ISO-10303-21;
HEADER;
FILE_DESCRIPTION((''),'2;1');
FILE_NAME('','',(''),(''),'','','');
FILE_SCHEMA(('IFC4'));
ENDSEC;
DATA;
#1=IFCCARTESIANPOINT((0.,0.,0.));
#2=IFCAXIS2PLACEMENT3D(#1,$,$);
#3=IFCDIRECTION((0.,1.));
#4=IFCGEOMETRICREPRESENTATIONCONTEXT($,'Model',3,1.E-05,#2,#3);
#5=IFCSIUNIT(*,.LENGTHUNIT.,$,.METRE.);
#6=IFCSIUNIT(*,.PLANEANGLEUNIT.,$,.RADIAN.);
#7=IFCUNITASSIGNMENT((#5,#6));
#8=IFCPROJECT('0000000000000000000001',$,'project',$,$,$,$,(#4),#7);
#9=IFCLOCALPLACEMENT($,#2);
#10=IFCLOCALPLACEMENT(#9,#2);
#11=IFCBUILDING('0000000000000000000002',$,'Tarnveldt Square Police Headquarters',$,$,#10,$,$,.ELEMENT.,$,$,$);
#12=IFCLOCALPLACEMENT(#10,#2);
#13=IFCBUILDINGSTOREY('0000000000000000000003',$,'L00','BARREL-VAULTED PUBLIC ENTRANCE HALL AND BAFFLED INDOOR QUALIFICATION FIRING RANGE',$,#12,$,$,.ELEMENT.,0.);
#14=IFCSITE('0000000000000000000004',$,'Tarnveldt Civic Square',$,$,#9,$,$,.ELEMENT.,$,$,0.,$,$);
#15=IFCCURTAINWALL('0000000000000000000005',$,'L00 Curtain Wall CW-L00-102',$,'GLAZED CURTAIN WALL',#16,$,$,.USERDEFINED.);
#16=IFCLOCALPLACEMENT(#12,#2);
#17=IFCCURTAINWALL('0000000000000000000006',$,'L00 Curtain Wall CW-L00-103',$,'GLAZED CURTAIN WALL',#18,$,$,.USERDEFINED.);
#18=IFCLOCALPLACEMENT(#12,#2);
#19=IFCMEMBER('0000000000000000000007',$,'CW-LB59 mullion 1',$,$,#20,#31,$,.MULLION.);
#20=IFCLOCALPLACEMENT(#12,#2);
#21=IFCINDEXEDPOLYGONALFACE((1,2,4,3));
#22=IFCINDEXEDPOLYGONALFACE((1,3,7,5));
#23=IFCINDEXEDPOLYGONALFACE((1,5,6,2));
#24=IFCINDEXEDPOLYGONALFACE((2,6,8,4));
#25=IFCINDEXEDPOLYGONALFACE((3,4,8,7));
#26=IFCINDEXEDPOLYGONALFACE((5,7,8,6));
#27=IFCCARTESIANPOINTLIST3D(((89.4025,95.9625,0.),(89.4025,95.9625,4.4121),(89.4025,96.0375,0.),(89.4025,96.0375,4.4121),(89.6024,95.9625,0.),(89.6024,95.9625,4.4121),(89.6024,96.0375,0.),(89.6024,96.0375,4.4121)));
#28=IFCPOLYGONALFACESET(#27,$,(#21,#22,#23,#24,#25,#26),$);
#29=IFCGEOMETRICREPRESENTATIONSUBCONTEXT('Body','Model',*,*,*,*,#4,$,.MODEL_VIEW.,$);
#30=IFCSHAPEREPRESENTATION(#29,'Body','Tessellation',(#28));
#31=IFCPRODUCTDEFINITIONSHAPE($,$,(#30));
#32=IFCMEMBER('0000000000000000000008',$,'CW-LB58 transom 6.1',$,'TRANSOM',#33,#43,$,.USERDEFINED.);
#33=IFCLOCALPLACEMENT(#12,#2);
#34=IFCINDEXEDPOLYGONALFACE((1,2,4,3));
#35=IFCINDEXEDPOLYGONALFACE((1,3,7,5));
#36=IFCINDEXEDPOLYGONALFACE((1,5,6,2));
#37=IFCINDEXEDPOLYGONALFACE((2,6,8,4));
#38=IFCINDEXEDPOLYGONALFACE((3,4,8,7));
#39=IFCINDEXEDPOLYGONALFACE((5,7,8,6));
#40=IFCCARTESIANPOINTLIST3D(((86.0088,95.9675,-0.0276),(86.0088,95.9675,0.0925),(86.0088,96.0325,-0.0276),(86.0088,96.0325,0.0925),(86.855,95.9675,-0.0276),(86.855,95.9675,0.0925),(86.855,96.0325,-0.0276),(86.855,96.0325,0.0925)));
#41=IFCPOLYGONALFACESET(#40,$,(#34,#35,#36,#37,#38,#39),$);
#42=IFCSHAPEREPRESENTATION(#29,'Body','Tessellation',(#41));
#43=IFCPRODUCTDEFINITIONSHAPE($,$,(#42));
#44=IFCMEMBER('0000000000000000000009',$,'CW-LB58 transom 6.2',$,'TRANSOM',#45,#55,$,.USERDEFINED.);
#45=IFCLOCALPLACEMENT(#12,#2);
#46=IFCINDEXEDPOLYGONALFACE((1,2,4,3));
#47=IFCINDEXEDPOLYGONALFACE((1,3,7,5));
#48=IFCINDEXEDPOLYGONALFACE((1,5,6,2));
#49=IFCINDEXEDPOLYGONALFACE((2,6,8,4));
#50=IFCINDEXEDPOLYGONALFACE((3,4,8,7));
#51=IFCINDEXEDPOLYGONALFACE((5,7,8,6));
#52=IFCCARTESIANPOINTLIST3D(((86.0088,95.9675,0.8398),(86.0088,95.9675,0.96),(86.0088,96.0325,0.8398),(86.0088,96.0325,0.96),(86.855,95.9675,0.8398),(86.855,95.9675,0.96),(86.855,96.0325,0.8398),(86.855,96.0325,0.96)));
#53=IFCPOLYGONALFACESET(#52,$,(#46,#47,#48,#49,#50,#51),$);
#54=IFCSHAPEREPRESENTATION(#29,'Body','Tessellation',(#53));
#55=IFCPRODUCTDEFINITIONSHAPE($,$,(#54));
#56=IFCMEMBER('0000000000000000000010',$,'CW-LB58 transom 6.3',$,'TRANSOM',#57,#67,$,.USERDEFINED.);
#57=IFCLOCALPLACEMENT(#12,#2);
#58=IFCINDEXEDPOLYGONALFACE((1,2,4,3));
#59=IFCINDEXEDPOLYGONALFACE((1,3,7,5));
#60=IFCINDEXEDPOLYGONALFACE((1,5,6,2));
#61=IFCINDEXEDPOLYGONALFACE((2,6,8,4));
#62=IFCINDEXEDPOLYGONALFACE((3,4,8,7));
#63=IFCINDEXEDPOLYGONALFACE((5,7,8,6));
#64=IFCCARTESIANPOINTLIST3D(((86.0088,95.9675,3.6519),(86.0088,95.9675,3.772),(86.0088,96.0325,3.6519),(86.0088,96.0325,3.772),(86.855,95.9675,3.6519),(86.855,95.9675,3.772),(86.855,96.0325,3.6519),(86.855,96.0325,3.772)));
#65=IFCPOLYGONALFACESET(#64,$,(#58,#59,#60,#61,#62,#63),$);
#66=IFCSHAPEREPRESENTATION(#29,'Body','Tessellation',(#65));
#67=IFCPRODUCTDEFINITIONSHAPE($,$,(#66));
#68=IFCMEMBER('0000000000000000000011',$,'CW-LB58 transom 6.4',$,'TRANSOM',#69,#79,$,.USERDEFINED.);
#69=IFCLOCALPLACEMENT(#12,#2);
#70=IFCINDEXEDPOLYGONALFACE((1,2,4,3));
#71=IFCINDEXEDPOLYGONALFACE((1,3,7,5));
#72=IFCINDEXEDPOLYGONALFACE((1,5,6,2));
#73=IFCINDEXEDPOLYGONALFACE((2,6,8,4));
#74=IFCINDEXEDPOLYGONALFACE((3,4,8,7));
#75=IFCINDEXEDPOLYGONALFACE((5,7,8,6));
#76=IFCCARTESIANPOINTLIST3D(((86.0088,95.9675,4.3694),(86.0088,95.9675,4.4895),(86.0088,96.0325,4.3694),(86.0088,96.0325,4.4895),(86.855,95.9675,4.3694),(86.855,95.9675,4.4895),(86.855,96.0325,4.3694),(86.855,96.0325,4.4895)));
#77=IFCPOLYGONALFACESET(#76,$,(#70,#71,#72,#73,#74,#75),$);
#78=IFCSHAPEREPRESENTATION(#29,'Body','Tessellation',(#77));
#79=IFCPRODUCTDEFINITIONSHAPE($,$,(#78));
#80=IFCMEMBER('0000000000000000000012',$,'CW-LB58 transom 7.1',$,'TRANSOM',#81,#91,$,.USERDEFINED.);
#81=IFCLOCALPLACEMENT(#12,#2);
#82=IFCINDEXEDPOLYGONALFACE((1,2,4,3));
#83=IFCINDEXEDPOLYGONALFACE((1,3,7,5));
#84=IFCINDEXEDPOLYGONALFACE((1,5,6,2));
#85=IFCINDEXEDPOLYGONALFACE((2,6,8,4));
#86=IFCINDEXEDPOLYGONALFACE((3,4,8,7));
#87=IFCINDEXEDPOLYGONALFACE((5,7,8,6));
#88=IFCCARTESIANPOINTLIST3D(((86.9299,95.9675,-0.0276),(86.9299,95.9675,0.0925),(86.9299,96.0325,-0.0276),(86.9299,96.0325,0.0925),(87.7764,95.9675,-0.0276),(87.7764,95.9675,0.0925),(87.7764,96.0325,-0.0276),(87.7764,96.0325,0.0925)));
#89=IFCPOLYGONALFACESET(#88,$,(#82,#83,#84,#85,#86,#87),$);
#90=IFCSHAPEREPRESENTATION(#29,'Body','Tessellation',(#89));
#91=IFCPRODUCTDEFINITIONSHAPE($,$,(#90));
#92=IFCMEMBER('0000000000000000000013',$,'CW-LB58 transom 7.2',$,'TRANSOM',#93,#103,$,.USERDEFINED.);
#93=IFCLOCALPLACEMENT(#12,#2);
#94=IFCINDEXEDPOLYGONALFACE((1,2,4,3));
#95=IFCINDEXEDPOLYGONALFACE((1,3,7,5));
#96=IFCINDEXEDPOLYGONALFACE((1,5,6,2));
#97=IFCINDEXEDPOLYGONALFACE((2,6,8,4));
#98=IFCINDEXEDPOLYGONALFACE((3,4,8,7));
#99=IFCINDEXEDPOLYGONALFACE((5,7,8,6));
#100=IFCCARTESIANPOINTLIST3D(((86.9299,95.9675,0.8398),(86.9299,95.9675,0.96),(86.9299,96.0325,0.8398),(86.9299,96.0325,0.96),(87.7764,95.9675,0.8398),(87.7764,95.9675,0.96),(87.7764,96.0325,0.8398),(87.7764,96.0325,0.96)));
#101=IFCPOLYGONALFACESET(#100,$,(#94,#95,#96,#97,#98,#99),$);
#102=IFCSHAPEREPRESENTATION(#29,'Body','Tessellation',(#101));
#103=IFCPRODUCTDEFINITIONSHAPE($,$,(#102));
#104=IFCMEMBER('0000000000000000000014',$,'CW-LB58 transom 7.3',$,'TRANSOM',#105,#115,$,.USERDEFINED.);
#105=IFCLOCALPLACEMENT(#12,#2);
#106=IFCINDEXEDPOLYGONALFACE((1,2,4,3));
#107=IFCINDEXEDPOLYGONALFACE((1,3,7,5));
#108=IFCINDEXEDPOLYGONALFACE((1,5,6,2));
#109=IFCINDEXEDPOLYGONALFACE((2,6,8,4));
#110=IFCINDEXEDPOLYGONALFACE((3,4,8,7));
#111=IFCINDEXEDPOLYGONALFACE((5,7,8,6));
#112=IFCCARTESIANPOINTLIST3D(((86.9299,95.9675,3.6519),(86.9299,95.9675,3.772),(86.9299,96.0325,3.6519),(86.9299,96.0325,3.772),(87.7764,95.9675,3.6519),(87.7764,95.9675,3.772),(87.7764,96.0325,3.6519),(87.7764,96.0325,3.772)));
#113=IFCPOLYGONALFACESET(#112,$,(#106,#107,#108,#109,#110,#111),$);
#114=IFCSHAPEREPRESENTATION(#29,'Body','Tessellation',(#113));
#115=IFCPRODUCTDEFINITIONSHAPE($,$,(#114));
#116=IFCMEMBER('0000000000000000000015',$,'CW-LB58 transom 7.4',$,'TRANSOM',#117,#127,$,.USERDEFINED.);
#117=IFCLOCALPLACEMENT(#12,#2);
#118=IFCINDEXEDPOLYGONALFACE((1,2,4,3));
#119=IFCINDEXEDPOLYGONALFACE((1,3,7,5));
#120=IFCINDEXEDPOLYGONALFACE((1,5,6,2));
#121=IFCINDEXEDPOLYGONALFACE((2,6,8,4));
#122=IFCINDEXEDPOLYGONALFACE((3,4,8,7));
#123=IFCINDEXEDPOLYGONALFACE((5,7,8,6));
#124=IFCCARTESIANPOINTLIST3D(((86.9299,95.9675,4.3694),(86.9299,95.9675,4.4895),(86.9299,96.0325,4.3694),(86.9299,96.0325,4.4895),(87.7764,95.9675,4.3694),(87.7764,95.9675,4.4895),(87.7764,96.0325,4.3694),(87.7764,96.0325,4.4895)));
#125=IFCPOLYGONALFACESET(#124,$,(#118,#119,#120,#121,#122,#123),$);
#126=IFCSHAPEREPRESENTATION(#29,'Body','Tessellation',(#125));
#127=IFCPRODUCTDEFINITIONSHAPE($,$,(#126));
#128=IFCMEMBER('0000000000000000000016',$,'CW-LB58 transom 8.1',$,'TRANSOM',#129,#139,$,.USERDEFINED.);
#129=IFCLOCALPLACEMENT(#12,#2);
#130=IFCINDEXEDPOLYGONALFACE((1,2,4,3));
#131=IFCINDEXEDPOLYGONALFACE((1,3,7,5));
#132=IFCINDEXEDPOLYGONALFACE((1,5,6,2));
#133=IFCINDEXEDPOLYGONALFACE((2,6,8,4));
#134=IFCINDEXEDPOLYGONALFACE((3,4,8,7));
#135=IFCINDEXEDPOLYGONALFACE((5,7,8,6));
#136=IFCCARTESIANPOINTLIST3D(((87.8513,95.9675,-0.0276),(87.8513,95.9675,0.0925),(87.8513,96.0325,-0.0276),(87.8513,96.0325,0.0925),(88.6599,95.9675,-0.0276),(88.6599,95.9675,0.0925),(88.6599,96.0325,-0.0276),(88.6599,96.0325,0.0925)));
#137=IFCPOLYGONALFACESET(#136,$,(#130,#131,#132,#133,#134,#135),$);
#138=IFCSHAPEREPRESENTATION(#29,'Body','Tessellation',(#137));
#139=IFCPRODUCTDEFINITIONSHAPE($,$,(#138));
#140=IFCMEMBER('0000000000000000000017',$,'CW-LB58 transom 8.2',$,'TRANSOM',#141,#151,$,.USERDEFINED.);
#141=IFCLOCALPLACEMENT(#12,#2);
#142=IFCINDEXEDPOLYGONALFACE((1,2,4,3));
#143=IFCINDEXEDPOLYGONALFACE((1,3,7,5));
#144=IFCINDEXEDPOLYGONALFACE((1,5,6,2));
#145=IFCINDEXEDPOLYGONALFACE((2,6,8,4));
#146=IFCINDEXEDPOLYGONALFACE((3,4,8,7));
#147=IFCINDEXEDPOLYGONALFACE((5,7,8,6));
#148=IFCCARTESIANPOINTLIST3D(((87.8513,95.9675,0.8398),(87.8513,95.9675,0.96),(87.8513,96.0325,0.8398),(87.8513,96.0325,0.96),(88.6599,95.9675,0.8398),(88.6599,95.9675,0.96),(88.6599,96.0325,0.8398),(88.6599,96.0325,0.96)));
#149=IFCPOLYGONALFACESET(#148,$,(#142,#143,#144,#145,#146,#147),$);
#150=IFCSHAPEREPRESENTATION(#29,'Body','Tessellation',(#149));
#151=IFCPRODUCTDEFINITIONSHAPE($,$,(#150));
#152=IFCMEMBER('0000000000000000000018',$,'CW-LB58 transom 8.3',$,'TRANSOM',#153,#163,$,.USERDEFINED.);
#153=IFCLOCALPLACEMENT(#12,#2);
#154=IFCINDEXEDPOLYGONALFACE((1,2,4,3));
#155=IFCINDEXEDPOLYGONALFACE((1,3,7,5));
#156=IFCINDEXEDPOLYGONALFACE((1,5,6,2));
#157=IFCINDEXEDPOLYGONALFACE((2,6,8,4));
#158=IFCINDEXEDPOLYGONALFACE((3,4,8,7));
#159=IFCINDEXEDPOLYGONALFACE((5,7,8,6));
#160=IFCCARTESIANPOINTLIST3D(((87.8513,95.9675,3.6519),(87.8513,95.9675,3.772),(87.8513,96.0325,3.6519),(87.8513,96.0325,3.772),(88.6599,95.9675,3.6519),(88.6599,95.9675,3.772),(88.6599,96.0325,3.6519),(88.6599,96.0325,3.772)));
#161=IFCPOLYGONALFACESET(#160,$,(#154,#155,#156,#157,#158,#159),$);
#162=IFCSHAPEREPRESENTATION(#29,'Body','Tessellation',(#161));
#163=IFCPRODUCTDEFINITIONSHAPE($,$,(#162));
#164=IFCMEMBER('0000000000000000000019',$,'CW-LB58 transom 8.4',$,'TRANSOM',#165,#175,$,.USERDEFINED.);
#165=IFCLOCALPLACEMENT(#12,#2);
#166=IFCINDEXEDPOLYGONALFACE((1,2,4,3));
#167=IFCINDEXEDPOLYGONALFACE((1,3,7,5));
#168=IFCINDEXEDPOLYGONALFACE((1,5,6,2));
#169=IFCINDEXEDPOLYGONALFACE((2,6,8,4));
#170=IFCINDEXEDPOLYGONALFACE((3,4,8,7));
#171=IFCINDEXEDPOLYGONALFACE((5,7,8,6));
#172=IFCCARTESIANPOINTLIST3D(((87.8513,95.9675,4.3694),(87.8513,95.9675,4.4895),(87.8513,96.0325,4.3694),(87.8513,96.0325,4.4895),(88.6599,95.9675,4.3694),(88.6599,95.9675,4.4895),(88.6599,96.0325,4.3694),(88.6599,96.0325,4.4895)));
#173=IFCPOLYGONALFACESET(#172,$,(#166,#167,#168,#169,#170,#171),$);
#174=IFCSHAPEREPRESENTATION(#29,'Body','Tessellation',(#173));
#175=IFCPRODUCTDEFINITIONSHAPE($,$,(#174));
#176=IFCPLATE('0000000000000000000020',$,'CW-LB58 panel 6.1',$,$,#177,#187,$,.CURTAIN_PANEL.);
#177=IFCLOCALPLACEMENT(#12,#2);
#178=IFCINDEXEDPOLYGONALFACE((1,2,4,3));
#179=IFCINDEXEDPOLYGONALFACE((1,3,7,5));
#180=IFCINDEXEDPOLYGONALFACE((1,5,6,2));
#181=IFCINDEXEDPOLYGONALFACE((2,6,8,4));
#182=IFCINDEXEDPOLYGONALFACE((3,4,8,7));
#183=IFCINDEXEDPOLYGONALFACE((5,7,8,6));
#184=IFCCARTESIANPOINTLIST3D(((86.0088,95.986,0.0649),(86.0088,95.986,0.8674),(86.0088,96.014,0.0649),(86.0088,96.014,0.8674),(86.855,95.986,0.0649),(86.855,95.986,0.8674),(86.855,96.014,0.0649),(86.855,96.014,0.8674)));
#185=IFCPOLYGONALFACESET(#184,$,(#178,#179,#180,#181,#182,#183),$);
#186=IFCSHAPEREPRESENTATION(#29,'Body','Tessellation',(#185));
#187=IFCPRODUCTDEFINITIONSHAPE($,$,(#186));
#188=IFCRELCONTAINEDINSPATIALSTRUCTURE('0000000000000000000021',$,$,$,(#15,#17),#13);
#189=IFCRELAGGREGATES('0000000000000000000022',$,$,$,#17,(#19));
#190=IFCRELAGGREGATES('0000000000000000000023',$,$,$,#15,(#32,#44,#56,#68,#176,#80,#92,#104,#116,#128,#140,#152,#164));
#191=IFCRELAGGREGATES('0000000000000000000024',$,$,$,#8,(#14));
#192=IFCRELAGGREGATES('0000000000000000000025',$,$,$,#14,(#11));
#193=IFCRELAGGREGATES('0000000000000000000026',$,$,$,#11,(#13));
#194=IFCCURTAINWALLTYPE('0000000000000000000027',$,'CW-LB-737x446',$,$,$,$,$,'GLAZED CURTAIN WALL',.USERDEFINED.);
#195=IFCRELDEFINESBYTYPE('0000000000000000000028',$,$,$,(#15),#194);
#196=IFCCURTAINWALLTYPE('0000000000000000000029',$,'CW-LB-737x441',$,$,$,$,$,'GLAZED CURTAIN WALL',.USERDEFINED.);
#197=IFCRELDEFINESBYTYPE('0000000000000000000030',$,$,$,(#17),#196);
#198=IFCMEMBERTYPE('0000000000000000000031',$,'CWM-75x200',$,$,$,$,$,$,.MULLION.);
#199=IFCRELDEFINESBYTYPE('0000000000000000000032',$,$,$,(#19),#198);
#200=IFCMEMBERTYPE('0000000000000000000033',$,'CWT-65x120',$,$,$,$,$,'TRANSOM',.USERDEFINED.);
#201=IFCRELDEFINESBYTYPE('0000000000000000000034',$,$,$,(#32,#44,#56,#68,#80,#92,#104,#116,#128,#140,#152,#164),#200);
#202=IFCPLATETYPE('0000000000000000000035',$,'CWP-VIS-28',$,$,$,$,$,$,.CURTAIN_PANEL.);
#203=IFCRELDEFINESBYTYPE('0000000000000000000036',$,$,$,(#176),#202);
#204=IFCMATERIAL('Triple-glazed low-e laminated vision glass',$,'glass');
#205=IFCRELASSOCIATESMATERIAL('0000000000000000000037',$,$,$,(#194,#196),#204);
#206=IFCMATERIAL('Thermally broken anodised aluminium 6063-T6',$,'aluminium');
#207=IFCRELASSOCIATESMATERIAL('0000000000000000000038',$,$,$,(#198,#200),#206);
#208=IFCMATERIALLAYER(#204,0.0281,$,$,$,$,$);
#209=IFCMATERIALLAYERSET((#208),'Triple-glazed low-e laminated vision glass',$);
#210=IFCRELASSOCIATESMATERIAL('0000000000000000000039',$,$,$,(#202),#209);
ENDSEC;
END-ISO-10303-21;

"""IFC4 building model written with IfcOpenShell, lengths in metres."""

from ifc_helpers import new_model, si_unit, direction, frame, origin, origin_2d, place, context, subcontext, project, spatial, rectangle, extrude, material, layer, layer_set, material_profile, profile_set, type_object, element, aggregate, save


model = new_model("IFC4")

# Units and contexts
model_context = context("Model", 3, precision=1e-05, world=origin(), true_north=direction((0.0, 1.0)))
body_context = subcontext(model_context, "Body", "Model", "MODEL_VIEW")
ifc_project = project(units=[si_unit("LENGTHUNIT", "METRE"), si_unit("PLANEANGLEUNIT", "RADIAN")], contexts=[model_context])

# Site, building, storey
site_placement = place(None, origin())
site = spatial("IfcSite", under=ifc_project, at=site_placement, Name="Tarnveldt Civic Square", CompositionType="ELEMENT", RefElevation=0.0)
building_placement = place(site_placement, origin())
building = spatial("IfcBuilding", under=site, at=building_placement, Name="Tarnveldt Square Police Headquarters", CompositionType="ELEMENT")
storey_placement = place(building_placement, origin())
storey = spatial("IfcBuildingStorey", under=building, at=storey_placement, Name="L00", Description="BARREL-VAULTED PUBLIC ENTRANCE HALL AND BAFFLED INDOOR QUALIFICATION FIRING RANGE", CompositionType="ELEMENT", Elevation=0.0)

# Curtain wall
ifc_material_1 = material(Name="Triple-glazed low-e laminated vision glass", Category="glass")
curtain_wall_type_1 = type_object("IfcCurtainWallType", Name="CW-LB-737x446", ElementType="GLAZED CURTAIN WALL", PredefinedType="USERDEFINED", material=ifc_material_1)
curtain_wall_1_placement = place(storey_placement, origin())
curtain_wall_1 = element("IfcCurtainWall", 1, at=curtain_wall_1_placement, inside=storey, type_object=curtain_wall_type_1, Name="L00 Curtain Wall CW-L00-102", ObjectType="GLAZED CURTAIN WALL", PredefinedType="USERDEFINED")
ifc_material_2 = material(Name="Thermally broken anodised aluminium 6063-T6", Category="aluminium")
ifc_material_profile_1 = material_profile(ifc_material_2, rectangle(XDim=0.075, YDim=0.2, at=origin_2d()), Name="CW-M75x200")
ifc_profile_set_1 = profile_set([ifc_material_profile_1], Name="Thermally broken anodised aluminium 6063-T6")
member_type_1 = type_object("IfcMemberType", Name="CWM-75x200", PredefinedType="MULLION", material=ifc_profile_set_1)

# Curtain wall, member
curtain_wall_type_2 = type_object("IfcCurtainWallType", Name="CW-LB-737x441", ElementType="GLAZED CURTAIN WALL", PredefinedType="USERDEFINED", material=ifc_material_1)
curtain_wall_2_placement = place(storey_placement, origin())
curtain_wall_2 = element("IfcCurtainWall", 2, at=curtain_wall_2_placement, inside=storey, type_object=curtain_wall_type_2, Name="L00 Curtain Wall CW-L00-103", ObjectType="GLAZED CURTAIN WALL", PredefinedType="USERDEFINED")
member_1_placement = place(storey_placement, frame((89.5024, 96.0, 0.0), z_axis=(0.0, 0.0, 1.0), x_axis=(0.0, 1.0, 0.0)))
member_1 = element("IfcMember", 3, at=member_1_placement, type_object=member_type_1, Name="CW-LB59 mullion 1", PredefinedType="MULLION", context=body_context, shape_type="SweptSolid", body=[
    extrude(rectangle(XDim=0.075, YDim=0.2, at=origin_2d()), origin(), (0.0, 0.0, 1.0), 4.4121),
])
aggregate(curtain_wall_2, [member_1])

# Members
ifc_material_profile_2 = material_profile(ifc_material_2, rectangle(XDim=0.0649, YDim=0.1201, at=origin_2d()), Name="CW-T65x120")
ifc_profile_set_2 = profile_set([ifc_material_profile_2], Name="Thermally broken anodised aluminium 6063-T6")
member_type_2 = type_object("IfcMemberType", Name="CWT-65x120", ElementType="TRANSOM", PredefinedType="USERDEFINED", material=ifc_profile_set_2)
member_2_placement = place(storey_placement, frame((86.0088, 96.0, 0.0325), z_axis=(1.0, 0.0, 0.0), x_axis=(0.0, 1.0, 0.0)))
member_2 = element("IfcMember", 4, at=member_2_placement, type_object=member_type_2, Name="CW-LB58 transom 6.1", ObjectType="TRANSOM", PredefinedType="USERDEFINED", context=body_context, shape_type="SweptSolid", body=[
    extrude(rectangle(XDim=0.0649, YDim=0.1201, at=origin_2d()), origin(), (0.0, 0.0, 1.0), 0.8462),
])
member_3_placement = place(storey_placement, frame((86.0088, 96.0, 0.8999), z_axis=(1.0, 0.0, 0.0), x_axis=(0.0, 1.0, 0.0)))
member_3 = element("IfcMember", 5, at=member_3_placement, type_object=member_type_2, Name="CW-LB58 transom 6.2", ObjectType="TRANSOM", PredefinedType="USERDEFINED", context=body_context, shape_type="SweptSolid", body=[
    extrude(rectangle(XDim=0.0649, YDim=0.1201, at=origin_2d()), origin(), (0.0, 0.0, 1.0), 0.8462),
])
member_4_placement = place(storey_placement, frame((86.0088, 96.0, 3.7119), z_axis=(1.0, 0.0, 0.0), x_axis=(0.0, 1.0, 0.0)))
member_4 = element("IfcMember", 6, at=member_4_placement, type_object=member_type_2, Name="CW-LB58 transom 6.3", ObjectType="TRANSOM", PredefinedType="USERDEFINED", context=body_context, shape_type="SweptSolid", body=[
    extrude(rectangle(XDim=0.0649, YDim=0.1201, at=origin_2d()), origin(), (0.0, 0.0, 1.0), 0.8462),
])
member_5_placement = place(storey_placement, frame((86.0088, 96.0, 4.4294), z_axis=(1.0, 0.0, 0.0), x_axis=(0.0, 1.0, 0.0)))
member_5 = element("IfcMember", 7, at=member_5_placement, type_object=member_type_2, Name="CW-LB58 transom 6.4", ObjectType="TRANSOM", PredefinedType="USERDEFINED", context=body_context, shape_type="SweptSolid", body=[
    extrude(rectangle(XDim=0.0649, YDim=0.1201, at=origin_2d()), origin(), (0.0, 0.0, 1.0), 0.8462),
])
member_6_placement = place(storey_placement, frame((86.9299, 96.0, 0.0325), z_axis=(1.0, 0.0, 0.0), x_axis=(0.0, 1.0, 0.0)))
member_6 = element("IfcMember", 8, at=member_6_placement, type_object=member_type_2, Name="CW-LB58 transom 7.1", ObjectType="TRANSOM", PredefinedType="USERDEFINED", context=body_context, shape_type="SweptSolid", body=[
    extrude(rectangle(XDim=0.0649, YDim=0.1201, at=origin_2d()), origin(), (0.0, 0.0, 1.0), 0.8464),
])
member_7_placement = place(storey_placement, frame((86.9299, 96.0, 0.8999), z_axis=(1.0, 0.0, 0.0), x_axis=(0.0, 1.0, 0.0)))
member_7 = element("IfcMember", 9, at=member_7_placement, type_object=member_type_2, Name="CW-LB58 transom 7.2", ObjectType="TRANSOM", PredefinedType="USERDEFINED", context=body_context, shape_type="SweptSolid", body=[
    extrude(rectangle(XDim=0.0649, YDim=0.1201, at=origin_2d()), origin(), (0.0, 0.0, 1.0), 0.8464),
])
member_8_placement = place(storey_placement, frame((86.9299, 96.0, 3.7119), z_axis=(1.0, 0.0, 0.0), x_axis=(0.0, 1.0, 0.0)))
member_8 = element("IfcMember", 10, at=member_8_placement, type_object=member_type_2, Name="CW-LB58 transom 7.3", ObjectType="TRANSOM", PredefinedType="USERDEFINED", context=body_context, shape_type="SweptSolid", body=[
    extrude(rectangle(XDim=0.0649, YDim=0.1201, at=origin_2d()), origin(), (0.0, 0.0, 1.0), 0.8464),
])
member_9_placement = place(storey_placement, frame((86.9299, 96.0, 4.4294), z_axis=(1.0, 0.0, 0.0), x_axis=(0.0, 1.0, 0.0)))
member_9 = element("IfcMember", 11, at=member_9_placement, type_object=member_type_2, Name="CW-LB58 transom 7.4", ObjectType="TRANSOM", PredefinedType="USERDEFINED", context=body_context, shape_type="SweptSolid", body=[
    extrude(rectangle(XDim=0.0649, YDim=0.1201, at=origin_2d()), origin(), (0.0, 0.0, 1.0), 0.8464),
])
member_10_placement = place(storey_placement, frame((87.8513, 96.0, 0.0325), z_axis=(1.0, 0.0, 0.0), x_axis=(0.0, 1.0, 0.0)))
member_10 = element("IfcMember", 12, at=member_10_placement, type_object=member_type_2, Name="CW-LB58 transom 8.1", ObjectType="TRANSOM", PredefinedType="USERDEFINED", context=body_context, shape_type="SweptSolid", body=[
    extrude(rectangle(XDim=0.0649, YDim=0.1201, at=origin_2d()), origin(), (0.0, 0.0, 1.0), 0.8086),
])
member_11_placement = place(storey_placement, frame((87.8513, 96.0, 0.8999), z_axis=(1.0, 0.0, 0.0), x_axis=(0.0, 1.0, 0.0)))
member_11 = element("IfcMember", 13, at=member_11_placement, type_object=member_type_2, Name="CW-LB58 transom 8.2", ObjectType="TRANSOM", PredefinedType="USERDEFINED", context=body_context, shape_type="SweptSolid", body=[
    extrude(rectangle(XDim=0.0649, YDim=0.1201, at=origin_2d()), origin(), (0.0, 0.0, 1.0), 0.8086),
])
member_12_placement = place(storey_placement, frame((87.8513, 96.0, 3.7119), z_axis=(1.0, 0.0, 0.0), x_axis=(0.0, 1.0, 0.0)))
member_12 = element("IfcMember", 14, at=member_12_placement, type_object=member_type_2, Name="CW-LB58 transom 8.3", ObjectType="TRANSOM", PredefinedType="USERDEFINED", context=body_context, shape_type="SweptSolid", body=[
    extrude(rectangle(XDim=0.0649, YDim=0.1201, at=origin_2d()), origin(), (0.0, 0.0, 1.0), 0.8086),
])
member_13_placement = place(storey_placement, frame((87.8513, 96.0, 4.4294), z_axis=(1.0, 0.0, 0.0), x_axis=(0.0, 1.0, 0.0)))
member_13 = element("IfcMember", 15, at=member_13_placement, type_object=member_type_2, Name="CW-LB58 transom 8.4", ObjectType="TRANSOM", PredefinedType="USERDEFINED", context=body_context, shape_type="SweptSolid", body=[
    extrude(rectangle(XDim=0.0649, YDim=0.1201, at=origin_2d()), origin(), (0.0, 0.0, 1.0), 0.8086),
])

# Plate
ifc_layer = layer(ifc_material_1, 0.0281)
ifc_layer_set = layer_set([ifc_layer], Name="Triple-glazed low-e laminated vision glass")
plate_type = type_object("IfcPlateType", Name="CWP-VIS-28", PredefinedType="CURTAIN_PANEL", material=ifc_layer_set)
plate_1_placement = place(storey_placement, frame((86.4319, 96.0, 0.0649), z_axis=(0.0, 0.0, 1.0), x_axis=(1.0, 0.0, 0.0)))
plate_1 = element("IfcPlate", 16, at=plate_1_placement, type_object=plate_type, Name="CW-LB58 panel 6.1", PredefinedType="CURTAIN_PANEL", context=body_context, shape_type="SweptSolid", body=[
    extrude(rectangle(XDim=0.8462, YDim=0.0281, at=origin_2d()), origin(), (0.0, 0.0, 1.0), 0.8025),
])
aggregate(curtain_wall_1, [member_2, member_3, member_4, member_5, plate_1, member_6, member_7, member_8, member_9, member_10, member_11, member_12, member_13])

save(model, "model.ifc")
